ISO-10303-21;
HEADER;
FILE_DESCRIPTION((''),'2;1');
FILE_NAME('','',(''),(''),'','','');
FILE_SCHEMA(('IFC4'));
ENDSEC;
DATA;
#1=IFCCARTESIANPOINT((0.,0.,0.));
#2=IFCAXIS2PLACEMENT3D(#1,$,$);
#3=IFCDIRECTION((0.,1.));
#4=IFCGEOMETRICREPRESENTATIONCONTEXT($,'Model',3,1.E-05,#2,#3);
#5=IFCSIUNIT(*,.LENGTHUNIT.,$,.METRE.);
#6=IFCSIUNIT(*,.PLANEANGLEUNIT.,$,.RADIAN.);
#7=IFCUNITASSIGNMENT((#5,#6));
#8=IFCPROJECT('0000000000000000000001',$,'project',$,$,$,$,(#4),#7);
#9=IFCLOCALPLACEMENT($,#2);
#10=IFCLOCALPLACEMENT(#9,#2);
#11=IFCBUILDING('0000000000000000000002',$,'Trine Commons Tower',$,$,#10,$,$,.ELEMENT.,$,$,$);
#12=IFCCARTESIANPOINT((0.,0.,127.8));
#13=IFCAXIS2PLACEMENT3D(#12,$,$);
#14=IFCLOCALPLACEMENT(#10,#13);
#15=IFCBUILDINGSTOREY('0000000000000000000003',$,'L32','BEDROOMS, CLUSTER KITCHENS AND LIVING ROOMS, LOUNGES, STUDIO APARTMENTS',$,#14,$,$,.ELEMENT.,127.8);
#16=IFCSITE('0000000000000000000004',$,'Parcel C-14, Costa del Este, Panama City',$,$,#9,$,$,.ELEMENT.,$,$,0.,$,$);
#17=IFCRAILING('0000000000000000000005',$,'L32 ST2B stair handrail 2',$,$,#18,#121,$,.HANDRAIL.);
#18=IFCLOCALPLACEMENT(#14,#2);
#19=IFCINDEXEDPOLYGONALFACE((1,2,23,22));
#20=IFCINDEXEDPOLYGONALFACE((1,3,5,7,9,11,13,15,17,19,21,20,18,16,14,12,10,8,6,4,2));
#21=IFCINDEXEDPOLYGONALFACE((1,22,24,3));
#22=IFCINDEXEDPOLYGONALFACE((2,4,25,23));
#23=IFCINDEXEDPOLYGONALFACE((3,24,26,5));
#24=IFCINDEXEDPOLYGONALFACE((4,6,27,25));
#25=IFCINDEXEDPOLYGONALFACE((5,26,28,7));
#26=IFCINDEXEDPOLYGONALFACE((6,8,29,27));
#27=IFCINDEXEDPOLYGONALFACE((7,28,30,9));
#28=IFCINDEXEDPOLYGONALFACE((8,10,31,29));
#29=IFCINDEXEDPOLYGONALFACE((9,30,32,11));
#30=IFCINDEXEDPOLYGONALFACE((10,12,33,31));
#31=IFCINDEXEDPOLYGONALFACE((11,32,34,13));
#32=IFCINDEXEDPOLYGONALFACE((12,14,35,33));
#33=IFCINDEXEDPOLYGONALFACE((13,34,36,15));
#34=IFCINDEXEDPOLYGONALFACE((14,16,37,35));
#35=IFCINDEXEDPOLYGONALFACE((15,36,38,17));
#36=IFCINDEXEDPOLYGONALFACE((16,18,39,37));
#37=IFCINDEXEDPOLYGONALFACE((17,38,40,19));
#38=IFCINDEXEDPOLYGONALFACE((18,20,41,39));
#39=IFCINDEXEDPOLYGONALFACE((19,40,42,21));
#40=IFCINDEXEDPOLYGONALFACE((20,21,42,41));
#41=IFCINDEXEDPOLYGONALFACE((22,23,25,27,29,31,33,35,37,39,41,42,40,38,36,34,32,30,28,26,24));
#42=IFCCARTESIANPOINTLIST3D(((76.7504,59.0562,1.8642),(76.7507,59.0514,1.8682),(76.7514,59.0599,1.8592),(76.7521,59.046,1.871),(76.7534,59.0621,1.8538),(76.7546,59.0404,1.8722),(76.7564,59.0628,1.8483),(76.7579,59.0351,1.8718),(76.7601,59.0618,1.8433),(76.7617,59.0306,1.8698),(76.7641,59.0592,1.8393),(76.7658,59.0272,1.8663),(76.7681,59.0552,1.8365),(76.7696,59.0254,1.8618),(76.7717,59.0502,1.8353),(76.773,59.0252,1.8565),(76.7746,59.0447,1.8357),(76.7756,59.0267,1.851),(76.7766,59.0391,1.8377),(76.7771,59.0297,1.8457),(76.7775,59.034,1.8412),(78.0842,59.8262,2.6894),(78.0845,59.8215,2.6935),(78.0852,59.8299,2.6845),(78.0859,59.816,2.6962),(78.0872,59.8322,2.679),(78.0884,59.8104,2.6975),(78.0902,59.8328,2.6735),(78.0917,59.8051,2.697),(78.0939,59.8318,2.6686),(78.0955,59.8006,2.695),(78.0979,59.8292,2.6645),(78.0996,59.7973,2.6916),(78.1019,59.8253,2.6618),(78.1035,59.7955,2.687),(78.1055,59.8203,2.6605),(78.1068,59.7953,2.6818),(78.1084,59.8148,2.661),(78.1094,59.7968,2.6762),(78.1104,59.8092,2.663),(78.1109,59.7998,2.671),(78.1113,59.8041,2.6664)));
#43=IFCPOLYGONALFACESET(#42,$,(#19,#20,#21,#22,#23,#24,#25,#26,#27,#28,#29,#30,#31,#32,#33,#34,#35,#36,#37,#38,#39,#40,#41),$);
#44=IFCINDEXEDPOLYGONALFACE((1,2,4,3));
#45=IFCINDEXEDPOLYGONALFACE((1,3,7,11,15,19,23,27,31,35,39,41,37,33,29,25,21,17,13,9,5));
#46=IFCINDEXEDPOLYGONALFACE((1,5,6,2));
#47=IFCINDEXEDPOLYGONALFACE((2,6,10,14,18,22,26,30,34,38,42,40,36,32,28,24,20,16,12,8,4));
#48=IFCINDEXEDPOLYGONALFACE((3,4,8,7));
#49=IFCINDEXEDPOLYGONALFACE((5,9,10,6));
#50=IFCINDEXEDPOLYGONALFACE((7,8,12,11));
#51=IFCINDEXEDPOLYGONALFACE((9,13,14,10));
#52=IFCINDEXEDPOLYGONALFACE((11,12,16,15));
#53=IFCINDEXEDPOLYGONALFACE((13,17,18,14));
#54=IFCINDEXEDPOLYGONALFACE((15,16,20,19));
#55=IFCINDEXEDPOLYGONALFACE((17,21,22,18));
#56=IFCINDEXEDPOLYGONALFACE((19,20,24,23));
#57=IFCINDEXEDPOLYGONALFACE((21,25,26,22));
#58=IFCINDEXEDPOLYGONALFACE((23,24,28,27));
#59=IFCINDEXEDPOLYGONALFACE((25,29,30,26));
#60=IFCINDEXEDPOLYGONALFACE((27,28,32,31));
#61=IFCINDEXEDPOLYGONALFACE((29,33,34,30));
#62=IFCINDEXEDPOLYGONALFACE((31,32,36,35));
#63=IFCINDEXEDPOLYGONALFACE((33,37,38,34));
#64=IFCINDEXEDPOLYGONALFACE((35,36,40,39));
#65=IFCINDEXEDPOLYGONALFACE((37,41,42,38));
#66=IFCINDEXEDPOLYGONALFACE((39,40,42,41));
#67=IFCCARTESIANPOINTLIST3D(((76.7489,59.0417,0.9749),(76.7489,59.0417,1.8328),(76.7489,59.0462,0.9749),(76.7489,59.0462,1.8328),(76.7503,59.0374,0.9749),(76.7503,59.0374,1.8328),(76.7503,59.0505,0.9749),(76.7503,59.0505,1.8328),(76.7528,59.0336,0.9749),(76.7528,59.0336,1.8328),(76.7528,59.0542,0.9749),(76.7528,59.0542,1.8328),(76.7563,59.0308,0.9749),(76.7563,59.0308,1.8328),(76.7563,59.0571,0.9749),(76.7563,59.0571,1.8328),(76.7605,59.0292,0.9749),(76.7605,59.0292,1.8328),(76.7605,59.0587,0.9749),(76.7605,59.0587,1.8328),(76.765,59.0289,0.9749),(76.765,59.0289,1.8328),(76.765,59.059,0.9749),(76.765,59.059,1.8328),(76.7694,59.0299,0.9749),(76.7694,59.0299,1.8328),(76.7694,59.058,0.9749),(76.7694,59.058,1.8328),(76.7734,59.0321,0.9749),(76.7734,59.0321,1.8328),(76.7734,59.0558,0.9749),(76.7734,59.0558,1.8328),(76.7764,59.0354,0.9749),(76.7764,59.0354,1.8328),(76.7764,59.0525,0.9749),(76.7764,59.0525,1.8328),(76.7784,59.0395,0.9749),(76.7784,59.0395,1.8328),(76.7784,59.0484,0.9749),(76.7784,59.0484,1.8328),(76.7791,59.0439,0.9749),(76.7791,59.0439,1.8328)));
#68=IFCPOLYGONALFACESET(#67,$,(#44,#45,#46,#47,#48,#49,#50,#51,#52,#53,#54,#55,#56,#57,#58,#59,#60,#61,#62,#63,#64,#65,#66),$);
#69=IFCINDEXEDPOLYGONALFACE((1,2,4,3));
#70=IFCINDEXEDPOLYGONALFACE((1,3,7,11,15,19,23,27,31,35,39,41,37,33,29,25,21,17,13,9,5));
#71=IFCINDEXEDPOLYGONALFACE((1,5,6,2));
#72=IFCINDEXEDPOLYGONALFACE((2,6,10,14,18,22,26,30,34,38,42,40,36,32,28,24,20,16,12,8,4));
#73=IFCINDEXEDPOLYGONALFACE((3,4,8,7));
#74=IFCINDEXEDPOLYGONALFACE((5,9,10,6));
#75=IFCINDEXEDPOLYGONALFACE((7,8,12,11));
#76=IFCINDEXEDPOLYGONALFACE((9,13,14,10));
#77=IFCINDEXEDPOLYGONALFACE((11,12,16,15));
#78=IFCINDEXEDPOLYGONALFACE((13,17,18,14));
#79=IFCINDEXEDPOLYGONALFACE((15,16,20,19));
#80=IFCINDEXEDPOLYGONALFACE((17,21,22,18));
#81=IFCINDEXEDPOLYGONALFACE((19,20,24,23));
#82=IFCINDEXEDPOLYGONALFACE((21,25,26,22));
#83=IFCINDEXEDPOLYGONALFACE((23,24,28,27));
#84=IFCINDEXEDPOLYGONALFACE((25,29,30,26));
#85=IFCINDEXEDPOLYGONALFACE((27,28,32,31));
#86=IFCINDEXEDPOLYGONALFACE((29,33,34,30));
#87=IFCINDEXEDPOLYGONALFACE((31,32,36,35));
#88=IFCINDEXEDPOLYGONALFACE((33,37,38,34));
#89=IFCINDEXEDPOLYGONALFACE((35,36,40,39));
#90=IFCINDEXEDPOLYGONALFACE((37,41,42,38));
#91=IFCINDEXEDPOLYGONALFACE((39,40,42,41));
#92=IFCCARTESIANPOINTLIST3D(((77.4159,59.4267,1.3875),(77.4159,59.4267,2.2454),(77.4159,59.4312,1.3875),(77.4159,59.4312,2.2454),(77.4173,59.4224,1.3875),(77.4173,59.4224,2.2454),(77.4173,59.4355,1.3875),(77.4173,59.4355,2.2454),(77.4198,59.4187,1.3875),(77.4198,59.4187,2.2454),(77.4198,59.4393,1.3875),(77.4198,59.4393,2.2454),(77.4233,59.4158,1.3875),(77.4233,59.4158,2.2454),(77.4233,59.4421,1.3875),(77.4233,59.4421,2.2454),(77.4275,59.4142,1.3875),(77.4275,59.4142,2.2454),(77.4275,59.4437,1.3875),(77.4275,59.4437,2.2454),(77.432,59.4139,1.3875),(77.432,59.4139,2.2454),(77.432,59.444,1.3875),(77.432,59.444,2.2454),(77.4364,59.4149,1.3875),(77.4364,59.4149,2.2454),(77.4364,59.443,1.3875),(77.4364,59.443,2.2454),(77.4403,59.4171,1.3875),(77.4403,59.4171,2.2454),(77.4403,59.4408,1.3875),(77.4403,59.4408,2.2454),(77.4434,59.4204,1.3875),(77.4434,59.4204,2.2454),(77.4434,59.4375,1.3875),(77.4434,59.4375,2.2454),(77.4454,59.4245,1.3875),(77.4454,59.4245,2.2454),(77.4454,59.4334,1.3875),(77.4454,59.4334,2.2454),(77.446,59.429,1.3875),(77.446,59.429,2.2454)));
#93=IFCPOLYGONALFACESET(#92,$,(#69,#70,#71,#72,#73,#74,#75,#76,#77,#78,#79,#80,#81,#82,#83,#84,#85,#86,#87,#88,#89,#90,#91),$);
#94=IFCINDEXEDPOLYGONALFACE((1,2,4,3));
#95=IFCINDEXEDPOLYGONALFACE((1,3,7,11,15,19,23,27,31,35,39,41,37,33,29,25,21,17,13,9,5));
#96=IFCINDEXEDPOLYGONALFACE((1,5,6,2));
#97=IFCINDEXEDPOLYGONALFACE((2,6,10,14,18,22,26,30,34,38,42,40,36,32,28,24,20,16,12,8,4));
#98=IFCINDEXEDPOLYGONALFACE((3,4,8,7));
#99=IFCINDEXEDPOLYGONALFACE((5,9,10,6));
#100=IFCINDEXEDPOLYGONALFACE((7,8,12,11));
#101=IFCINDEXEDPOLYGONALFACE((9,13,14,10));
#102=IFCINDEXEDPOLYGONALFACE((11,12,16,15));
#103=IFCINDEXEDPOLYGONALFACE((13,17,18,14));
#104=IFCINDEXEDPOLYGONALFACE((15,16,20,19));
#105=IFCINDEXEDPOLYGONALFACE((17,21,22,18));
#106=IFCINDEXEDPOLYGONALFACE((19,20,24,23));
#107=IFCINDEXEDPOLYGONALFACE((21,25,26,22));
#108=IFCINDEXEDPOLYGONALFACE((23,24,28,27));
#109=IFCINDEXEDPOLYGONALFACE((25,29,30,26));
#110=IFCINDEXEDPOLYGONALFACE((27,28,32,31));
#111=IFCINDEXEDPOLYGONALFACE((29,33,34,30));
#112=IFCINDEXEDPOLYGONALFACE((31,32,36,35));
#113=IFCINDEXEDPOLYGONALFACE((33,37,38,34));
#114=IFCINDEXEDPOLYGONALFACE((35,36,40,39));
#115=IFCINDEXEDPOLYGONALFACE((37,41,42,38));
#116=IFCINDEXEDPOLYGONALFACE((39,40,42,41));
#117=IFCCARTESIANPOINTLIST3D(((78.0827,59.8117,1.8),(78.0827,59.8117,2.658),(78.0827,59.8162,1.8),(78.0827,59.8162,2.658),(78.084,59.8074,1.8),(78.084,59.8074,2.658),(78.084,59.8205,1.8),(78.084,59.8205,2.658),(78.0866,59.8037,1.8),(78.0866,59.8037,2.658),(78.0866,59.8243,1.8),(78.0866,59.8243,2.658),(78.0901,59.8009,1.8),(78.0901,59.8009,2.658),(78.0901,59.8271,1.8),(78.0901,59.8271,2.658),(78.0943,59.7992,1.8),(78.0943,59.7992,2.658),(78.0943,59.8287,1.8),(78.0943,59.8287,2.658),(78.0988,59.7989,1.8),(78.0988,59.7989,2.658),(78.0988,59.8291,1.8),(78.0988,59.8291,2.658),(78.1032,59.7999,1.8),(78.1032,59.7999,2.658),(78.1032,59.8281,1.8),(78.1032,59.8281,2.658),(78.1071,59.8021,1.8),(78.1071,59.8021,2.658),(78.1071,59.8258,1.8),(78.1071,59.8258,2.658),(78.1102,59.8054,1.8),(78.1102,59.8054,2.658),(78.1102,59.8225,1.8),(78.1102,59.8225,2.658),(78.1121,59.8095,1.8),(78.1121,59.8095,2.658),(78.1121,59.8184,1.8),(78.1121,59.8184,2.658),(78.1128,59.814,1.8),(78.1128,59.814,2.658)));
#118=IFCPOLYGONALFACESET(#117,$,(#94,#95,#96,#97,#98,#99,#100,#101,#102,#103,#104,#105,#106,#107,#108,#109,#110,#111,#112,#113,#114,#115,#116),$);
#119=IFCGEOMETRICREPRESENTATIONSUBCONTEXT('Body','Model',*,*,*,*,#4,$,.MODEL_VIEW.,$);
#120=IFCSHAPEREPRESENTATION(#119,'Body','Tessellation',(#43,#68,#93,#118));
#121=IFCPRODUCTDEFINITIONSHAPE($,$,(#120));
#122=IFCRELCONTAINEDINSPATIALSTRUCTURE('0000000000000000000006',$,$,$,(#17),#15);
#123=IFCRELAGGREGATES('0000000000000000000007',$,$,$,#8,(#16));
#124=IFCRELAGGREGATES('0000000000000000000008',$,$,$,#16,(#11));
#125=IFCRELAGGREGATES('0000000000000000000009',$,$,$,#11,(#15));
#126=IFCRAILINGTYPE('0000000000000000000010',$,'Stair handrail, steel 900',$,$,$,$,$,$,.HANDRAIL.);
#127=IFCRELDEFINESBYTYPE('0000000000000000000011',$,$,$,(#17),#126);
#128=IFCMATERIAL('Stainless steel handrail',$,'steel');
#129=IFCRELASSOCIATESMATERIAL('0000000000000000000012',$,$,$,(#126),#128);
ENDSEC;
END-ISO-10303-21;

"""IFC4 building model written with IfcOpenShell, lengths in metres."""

from ifc_helpers import new_model, si_unit, direction, frame, origin, origin_2d, place, context, subcontext, project, spatial, circle, extrude, material, type_object, element, save


model = new_model("IFC4")

# Units and contexts
model_context = context("Model", 3, precision=1e-05, world=origin(), true_north=direction((0.0, 1.0)))
body_context = subcontext(model_context, "Body", "Model", "MODEL_VIEW")
ifc_project = project(units=[si_unit("LENGTHUNIT", "METRE"), si_unit("PLANEANGLEUNIT", "RADIAN")], contexts=[model_context])

# Site, building, storey
site_placement = place(None, origin())
site = spatial("IfcSite", under=ifc_project, at=site_placement, Name="Parcel C-14, Costa del Este, Panama City", CompositionType="ELEMENT", RefElevation=0.0)
building_placement = place(site_placement, origin())
building = spatial("IfcBuilding", under=site, at=building_placement, Name="Trine Commons Tower", CompositionType="ELEMENT")
storey_placement = place(building_placement, frame((0.0, 0.0, 127.8)))
storey = spatial("IfcBuildingStorey", under=building, at=storey_placement, Name="L32", Description="BEDROOMS, CLUSTER KITCHENS AND LIVING ROOMS, LOUNGES, STUDIO APARTMENTS", CompositionType="ELEMENT", Elevation=127.8)

# Railing
ifc_material_1 = material(Name="Stainless steel handrail", Category="steel")
railing_type_1 = type_object("IfcRailingType", Name="Stair handrail, steel 900", PredefinedType="HANDRAIL", material=ifc_material_1)
railing_1_placement = place(storey_placement, frame((76.7639, 59.0439, 0.9749)))
element("IfcRailing", 1, at=railing_1_placement, inside=storey, type_object=railing_type_1, Name="L32 ST2B stair handrail 2", PredefinedType="HANDRAIL", context=body_context, shape_type="SweptSolid", body=[
    extrude(circle(Radius=0.021, at=origin_2d()), frame((0.0, 0.0, 0.8789), z_axis=(0.763355, 0.440714, 0.472293), x_axis=(-0.499992, 0.86603, 0.0)), (0.0, 0.0, 1.0), 1.7473),
    extrude(circle(Radius=0.0151, at=origin_2d()), origin(), (0.0, 0.0, 1.0), 0.8579),
    extrude(circle(Radius=0.0151, at=origin_2d()), frame((0.667, 0.385, 0.4126)), (0.0, 0.0, 1.0), 0.8579),
    extrude(circle(Radius=0.0151, at=origin_2d()), frame((1.3337, 0.77, 0.8252)), (0.0, 0.0, 1.0), 0.8579),
])

save(model, "model.ifc")
